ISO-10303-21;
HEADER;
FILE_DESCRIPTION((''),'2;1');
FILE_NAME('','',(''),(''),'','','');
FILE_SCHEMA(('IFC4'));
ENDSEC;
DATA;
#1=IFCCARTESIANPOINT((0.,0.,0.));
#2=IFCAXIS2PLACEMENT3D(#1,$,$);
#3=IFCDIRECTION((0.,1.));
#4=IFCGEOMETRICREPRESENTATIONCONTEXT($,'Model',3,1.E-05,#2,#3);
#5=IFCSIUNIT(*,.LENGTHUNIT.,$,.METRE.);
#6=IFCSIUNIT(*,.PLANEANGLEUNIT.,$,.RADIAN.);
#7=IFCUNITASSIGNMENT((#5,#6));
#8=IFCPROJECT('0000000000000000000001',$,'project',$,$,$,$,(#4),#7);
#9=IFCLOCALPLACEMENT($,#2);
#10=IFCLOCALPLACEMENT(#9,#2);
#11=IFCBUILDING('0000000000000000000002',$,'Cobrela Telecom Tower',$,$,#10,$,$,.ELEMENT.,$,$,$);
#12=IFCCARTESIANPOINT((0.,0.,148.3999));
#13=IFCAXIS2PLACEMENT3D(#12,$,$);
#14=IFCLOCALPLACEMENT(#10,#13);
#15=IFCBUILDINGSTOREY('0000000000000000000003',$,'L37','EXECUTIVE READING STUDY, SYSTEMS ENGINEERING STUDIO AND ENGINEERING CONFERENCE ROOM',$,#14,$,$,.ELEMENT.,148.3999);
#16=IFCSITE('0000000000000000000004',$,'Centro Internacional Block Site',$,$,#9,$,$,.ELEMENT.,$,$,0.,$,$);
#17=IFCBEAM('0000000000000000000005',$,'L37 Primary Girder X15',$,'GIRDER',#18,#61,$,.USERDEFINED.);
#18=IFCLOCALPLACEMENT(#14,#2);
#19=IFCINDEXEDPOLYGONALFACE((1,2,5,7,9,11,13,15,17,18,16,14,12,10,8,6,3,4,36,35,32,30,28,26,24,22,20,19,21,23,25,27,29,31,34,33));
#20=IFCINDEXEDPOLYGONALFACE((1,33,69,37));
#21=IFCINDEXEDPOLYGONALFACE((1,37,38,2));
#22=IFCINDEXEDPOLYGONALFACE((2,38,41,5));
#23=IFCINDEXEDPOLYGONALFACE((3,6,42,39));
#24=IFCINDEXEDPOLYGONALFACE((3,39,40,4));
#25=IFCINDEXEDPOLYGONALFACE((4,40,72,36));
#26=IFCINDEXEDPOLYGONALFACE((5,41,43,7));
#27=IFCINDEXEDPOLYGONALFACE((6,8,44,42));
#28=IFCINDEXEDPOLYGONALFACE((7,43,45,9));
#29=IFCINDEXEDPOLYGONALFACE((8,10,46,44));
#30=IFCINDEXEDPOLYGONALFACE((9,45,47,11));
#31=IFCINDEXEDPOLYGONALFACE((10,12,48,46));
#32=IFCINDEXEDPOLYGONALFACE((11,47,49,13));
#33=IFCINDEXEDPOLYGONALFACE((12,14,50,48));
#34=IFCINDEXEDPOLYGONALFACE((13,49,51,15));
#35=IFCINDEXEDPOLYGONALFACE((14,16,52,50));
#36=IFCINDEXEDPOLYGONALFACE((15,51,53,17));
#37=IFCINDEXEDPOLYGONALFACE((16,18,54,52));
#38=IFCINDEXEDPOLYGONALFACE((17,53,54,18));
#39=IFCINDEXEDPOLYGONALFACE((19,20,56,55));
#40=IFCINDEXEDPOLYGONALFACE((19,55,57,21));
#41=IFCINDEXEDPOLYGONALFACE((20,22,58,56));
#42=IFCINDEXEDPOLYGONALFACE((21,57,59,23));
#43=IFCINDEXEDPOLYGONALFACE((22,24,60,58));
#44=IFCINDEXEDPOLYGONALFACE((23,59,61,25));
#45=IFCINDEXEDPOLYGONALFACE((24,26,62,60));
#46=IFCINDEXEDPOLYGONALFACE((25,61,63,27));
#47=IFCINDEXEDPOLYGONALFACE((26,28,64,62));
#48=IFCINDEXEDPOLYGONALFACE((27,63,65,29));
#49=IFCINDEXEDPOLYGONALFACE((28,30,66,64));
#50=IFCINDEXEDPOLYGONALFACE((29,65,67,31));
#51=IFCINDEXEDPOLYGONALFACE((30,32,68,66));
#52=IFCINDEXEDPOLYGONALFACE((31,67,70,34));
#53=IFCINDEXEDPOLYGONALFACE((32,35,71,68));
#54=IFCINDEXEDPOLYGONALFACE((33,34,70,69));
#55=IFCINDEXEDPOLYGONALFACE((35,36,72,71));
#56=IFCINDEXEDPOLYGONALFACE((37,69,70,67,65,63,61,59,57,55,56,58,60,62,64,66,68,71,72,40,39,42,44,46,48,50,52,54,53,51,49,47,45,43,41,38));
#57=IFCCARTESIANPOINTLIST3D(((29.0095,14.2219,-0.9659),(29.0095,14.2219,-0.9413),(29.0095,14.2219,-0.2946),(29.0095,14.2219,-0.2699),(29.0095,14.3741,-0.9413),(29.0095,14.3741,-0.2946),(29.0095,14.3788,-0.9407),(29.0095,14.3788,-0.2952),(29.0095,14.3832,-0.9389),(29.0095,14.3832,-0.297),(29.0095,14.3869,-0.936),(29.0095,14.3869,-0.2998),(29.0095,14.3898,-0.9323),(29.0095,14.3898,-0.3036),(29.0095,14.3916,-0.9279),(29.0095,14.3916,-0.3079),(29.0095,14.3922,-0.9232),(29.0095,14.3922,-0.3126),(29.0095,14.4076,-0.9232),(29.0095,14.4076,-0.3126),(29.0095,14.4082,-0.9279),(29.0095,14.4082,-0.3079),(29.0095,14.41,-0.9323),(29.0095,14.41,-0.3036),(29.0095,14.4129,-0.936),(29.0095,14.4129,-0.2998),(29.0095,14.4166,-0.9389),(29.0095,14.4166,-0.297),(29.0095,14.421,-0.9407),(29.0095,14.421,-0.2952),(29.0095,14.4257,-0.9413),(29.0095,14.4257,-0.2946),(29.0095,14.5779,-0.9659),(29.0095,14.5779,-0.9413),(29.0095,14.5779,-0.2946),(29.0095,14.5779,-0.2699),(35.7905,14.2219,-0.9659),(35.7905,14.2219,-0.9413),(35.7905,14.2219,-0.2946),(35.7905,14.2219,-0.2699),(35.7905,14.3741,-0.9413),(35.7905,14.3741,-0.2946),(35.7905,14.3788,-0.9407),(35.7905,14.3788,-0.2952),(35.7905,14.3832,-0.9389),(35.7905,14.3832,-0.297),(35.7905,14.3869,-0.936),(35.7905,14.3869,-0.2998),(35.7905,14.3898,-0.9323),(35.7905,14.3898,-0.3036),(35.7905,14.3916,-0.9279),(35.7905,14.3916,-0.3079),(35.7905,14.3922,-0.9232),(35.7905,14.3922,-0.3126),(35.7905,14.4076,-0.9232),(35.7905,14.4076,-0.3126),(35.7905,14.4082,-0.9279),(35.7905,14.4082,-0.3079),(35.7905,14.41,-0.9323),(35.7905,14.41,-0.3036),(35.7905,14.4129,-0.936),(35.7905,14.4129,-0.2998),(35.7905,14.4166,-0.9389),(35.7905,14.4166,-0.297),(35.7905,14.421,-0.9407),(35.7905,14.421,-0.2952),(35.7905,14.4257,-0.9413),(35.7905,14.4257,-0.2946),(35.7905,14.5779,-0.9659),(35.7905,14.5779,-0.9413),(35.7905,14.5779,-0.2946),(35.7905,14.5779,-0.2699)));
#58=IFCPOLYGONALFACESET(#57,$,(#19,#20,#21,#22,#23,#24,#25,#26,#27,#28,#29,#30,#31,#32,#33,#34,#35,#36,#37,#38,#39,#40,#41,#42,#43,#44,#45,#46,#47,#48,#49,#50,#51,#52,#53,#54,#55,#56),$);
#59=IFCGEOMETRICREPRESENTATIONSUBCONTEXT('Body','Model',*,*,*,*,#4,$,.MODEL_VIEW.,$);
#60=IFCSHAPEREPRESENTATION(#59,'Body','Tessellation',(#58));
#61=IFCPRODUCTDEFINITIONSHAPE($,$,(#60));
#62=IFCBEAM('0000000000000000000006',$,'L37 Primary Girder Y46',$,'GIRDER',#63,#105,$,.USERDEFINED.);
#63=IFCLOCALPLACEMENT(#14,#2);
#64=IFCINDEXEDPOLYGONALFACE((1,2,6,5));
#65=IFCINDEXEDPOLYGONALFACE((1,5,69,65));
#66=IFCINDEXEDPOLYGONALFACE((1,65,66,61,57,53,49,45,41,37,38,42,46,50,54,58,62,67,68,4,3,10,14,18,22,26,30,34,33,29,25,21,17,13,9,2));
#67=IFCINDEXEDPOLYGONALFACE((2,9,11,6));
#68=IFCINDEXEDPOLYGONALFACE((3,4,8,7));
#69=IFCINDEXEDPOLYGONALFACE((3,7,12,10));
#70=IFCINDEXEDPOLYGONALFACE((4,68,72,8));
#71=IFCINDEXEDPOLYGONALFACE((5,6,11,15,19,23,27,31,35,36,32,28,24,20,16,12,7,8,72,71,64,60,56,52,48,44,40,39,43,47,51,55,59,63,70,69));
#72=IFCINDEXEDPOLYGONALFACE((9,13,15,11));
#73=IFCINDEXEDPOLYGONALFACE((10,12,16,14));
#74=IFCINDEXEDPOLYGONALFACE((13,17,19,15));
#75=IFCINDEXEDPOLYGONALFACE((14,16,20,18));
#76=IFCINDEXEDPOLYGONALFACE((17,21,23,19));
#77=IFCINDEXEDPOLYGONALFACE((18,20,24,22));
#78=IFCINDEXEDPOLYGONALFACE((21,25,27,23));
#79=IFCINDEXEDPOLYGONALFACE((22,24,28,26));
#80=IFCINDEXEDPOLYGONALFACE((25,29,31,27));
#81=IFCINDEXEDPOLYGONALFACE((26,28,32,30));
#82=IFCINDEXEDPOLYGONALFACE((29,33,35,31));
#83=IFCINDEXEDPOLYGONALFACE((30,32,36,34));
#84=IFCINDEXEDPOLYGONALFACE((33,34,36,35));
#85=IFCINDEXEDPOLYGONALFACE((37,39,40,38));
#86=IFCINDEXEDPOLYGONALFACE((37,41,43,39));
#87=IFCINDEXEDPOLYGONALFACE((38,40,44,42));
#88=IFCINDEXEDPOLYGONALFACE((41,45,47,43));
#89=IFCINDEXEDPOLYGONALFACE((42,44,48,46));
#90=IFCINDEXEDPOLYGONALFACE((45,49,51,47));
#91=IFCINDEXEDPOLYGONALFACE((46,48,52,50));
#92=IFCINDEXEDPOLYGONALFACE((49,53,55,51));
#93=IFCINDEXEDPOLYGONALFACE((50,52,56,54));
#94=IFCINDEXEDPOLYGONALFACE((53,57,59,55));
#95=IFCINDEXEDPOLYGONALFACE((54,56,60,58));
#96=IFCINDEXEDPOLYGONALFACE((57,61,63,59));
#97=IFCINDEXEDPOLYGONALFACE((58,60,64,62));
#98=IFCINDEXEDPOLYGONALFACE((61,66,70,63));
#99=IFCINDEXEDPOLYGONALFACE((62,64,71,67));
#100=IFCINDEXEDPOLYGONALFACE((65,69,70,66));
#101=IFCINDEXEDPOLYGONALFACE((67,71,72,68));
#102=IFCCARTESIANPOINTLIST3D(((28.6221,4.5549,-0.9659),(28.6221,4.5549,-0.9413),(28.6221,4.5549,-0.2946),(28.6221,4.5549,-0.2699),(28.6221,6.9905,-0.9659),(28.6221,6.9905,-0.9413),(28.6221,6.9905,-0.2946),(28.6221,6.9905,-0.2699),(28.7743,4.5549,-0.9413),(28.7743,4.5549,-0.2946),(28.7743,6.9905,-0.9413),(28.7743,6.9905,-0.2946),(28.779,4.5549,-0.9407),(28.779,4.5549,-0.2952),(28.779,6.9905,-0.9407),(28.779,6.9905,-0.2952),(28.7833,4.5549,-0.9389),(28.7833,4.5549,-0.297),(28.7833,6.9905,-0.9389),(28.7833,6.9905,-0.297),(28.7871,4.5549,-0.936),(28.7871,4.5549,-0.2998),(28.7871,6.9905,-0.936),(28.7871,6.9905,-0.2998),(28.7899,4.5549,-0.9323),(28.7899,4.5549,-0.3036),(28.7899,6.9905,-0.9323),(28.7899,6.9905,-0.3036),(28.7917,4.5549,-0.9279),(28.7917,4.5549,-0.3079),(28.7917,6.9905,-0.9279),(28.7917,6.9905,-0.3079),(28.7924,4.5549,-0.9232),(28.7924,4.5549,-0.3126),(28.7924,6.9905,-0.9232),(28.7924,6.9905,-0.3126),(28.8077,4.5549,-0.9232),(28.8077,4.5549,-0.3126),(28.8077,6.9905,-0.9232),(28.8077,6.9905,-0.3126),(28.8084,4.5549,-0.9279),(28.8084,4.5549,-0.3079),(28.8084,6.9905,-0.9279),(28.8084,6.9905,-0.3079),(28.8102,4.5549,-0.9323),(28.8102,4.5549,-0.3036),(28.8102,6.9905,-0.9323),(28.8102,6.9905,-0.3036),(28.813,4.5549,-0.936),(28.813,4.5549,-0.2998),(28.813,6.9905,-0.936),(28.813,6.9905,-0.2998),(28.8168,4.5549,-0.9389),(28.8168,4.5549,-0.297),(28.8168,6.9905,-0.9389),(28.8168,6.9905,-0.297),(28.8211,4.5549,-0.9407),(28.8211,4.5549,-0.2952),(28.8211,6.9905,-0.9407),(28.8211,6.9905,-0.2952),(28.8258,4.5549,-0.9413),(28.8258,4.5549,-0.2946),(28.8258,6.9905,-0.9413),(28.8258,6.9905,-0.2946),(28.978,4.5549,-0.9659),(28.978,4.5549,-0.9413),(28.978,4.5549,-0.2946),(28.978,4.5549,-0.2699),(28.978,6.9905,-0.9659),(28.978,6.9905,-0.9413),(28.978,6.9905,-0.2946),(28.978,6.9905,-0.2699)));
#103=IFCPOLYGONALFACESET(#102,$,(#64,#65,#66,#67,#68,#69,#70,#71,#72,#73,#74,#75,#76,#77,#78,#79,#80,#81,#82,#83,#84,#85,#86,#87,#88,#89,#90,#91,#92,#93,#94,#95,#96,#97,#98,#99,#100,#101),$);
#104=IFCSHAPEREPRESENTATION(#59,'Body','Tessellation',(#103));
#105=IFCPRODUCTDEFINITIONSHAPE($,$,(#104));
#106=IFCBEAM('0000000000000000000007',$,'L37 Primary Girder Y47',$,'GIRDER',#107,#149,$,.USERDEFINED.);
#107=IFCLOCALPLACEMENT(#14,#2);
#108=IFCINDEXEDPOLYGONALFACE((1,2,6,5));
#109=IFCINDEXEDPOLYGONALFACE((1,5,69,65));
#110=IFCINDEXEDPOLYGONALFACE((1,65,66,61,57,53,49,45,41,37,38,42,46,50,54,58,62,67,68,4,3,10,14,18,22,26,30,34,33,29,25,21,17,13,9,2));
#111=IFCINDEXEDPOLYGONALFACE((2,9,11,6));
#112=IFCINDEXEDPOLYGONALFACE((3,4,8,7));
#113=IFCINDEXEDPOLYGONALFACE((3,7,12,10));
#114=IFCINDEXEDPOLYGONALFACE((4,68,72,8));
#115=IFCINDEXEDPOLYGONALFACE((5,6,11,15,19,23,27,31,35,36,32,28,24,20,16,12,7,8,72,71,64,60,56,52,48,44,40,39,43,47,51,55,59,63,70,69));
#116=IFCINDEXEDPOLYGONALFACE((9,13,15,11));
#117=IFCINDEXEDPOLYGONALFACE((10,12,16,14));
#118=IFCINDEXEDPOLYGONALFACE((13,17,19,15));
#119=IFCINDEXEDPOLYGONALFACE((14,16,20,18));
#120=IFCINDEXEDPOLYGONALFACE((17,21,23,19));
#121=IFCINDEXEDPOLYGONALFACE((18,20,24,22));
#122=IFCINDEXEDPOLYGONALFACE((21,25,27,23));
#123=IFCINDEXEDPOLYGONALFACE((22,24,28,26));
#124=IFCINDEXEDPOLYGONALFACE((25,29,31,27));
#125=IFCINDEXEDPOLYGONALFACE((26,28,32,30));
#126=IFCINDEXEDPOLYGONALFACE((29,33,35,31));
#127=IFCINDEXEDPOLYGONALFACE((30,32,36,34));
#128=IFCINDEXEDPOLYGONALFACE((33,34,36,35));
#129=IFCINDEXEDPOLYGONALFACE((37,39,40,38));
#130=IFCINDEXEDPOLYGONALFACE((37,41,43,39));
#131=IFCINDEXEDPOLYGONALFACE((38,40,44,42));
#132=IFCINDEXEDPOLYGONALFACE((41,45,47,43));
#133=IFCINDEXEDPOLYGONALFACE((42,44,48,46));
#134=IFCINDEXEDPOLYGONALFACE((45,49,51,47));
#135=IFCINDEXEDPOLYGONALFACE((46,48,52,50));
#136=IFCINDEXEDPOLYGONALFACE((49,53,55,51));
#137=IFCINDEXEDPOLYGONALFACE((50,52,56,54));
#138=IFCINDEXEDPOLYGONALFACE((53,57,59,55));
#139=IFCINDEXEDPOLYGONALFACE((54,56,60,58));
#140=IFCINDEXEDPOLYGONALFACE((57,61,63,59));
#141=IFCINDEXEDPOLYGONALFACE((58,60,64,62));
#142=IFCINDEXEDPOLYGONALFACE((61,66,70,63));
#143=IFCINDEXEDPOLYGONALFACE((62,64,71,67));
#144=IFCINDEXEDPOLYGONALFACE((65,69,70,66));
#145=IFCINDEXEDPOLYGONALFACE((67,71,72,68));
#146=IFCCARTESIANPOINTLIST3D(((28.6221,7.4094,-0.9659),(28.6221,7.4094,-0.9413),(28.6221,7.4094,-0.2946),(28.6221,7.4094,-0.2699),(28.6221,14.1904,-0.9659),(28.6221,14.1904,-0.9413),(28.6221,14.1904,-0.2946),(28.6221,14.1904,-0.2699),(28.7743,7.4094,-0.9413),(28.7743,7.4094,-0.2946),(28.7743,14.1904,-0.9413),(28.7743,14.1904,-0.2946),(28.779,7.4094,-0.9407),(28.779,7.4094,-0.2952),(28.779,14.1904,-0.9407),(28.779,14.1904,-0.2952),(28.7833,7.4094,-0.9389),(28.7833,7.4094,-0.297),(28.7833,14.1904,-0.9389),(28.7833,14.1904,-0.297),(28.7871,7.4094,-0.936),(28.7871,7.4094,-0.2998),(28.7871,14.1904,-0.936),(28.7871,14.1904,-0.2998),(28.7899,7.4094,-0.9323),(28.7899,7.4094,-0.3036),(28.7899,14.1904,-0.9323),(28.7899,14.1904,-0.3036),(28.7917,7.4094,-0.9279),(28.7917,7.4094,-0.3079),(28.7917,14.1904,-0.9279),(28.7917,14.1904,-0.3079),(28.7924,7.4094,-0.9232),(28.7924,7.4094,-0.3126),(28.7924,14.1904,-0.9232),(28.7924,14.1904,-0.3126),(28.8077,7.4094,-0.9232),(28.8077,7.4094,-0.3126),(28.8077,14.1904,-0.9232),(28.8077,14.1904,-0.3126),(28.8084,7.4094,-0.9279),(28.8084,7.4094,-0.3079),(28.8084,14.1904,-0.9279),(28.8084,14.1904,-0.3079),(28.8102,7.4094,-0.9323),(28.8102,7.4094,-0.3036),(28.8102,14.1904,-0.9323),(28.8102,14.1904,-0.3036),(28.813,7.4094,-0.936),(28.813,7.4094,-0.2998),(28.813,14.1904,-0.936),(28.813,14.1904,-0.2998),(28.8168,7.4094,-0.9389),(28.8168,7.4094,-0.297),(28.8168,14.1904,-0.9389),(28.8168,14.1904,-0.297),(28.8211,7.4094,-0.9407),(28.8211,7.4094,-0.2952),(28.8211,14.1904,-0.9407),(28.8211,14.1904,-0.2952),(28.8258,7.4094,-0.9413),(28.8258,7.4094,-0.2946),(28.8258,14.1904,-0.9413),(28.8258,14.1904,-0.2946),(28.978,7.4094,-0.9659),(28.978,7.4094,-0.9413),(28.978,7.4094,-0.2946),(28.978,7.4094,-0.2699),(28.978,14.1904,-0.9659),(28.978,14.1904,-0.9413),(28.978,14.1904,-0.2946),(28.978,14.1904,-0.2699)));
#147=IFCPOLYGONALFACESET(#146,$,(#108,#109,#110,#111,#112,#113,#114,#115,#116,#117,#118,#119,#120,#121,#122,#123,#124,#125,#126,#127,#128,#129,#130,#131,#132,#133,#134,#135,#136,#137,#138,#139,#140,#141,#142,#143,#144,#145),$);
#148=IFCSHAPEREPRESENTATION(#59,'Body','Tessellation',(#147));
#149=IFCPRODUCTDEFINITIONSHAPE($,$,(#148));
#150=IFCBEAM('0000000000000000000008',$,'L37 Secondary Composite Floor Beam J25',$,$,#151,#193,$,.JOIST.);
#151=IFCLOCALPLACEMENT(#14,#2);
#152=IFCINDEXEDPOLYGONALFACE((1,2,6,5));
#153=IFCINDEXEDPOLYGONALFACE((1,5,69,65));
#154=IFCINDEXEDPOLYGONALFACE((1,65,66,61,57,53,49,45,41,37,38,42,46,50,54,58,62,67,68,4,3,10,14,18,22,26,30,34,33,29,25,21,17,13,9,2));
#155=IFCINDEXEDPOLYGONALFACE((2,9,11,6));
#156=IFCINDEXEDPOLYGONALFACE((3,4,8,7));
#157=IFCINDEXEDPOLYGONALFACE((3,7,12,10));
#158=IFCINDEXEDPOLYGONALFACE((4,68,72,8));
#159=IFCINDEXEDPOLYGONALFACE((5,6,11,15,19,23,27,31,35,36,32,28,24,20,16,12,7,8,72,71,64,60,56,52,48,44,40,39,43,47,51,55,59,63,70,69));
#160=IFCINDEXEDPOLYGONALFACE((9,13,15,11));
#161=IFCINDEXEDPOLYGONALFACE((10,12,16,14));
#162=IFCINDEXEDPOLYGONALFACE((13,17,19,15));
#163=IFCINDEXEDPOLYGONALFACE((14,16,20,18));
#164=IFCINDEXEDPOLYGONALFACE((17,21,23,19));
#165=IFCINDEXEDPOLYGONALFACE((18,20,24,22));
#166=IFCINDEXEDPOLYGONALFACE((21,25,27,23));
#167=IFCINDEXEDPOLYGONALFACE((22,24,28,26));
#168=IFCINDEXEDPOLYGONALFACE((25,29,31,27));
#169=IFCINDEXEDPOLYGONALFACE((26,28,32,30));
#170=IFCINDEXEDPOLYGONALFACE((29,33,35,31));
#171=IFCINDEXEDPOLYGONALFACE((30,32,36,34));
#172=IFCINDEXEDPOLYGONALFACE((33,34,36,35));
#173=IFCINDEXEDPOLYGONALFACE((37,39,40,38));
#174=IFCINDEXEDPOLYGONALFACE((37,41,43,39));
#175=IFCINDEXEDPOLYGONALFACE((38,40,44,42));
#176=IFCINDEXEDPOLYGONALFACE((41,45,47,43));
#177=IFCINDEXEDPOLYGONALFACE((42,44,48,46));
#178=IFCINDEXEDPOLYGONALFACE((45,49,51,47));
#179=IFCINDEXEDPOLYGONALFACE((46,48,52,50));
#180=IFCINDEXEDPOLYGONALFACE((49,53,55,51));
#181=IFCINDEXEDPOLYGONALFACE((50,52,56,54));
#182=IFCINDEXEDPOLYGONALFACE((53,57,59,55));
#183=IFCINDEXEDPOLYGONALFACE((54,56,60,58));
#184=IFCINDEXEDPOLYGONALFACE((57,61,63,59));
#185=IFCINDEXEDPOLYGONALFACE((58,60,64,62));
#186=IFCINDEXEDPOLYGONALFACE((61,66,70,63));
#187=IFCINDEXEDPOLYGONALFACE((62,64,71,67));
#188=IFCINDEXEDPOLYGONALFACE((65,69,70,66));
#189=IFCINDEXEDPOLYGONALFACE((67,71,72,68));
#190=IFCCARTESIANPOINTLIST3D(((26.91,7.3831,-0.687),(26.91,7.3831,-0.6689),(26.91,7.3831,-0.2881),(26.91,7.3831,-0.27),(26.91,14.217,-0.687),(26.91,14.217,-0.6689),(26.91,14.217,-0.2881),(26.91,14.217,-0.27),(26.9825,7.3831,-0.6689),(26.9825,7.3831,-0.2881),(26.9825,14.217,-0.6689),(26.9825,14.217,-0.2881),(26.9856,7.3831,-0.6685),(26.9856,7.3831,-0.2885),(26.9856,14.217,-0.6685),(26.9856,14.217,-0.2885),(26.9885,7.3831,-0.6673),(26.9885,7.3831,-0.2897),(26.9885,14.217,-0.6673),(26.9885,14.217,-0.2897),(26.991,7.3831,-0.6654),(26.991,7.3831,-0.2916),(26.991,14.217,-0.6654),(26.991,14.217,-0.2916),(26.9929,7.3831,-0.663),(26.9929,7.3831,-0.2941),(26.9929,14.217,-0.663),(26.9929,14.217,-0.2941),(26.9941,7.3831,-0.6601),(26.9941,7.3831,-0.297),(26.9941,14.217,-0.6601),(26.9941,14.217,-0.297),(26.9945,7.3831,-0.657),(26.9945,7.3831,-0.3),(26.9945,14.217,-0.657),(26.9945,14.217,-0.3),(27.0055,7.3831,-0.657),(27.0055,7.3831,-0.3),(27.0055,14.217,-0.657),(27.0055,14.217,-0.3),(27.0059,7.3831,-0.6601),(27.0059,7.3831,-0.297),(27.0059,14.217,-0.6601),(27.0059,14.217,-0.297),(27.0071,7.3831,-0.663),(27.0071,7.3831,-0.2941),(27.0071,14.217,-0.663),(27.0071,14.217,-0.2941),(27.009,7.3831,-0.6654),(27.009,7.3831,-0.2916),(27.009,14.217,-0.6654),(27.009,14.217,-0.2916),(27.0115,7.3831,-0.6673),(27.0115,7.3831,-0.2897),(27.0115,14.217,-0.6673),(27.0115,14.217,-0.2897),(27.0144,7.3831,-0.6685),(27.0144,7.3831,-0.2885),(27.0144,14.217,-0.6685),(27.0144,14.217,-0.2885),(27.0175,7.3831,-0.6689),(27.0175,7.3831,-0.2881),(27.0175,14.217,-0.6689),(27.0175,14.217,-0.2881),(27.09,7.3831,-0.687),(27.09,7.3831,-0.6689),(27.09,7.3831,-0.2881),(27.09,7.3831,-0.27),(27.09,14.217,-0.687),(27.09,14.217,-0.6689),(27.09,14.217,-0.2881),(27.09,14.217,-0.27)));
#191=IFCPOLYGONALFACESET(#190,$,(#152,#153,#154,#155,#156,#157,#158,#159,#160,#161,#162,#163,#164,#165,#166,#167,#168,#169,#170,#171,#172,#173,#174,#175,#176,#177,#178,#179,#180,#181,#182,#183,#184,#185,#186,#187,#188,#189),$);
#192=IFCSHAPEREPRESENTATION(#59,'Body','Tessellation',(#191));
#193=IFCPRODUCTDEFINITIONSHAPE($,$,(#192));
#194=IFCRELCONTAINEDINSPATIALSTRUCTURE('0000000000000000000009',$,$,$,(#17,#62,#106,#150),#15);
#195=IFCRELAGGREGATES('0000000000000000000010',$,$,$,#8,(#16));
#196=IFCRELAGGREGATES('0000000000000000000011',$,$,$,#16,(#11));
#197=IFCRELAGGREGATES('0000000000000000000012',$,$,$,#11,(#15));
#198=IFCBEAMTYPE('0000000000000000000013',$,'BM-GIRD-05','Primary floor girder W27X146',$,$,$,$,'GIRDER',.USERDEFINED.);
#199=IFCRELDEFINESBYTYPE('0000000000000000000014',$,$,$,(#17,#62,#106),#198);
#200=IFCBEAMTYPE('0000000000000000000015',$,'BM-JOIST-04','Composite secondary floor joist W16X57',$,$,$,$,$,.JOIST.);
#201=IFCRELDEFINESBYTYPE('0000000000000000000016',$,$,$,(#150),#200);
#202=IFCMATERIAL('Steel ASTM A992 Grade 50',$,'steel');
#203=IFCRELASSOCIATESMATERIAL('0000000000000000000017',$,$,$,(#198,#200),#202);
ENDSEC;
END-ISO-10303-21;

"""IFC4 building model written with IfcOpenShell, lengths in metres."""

from ifc_helpers import new_model, si_unit, direction, frame, origin, origin_2d, place, context, subcontext, project, spatial, i_section, extrude, material, material_profile, profile_set, type_object, element, save


model = new_model("IFC4")

# Units and contexts
model_context = context("Model", 3, precision=1e-05, world=origin(), true_north=direction((0.0, 1.0)))
body_context = subcontext(model_context, "Body", "Model", "MODEL_VIEW")
ifc_project = project(units=[si_unit("LENGTHUNIT", "METRE"), si_unit("PLANEANGLEUNIT", "RADIAN")], contexts=[model_context])

# Site, building, storey
site_placement = place(None, origin())
site = spatial("IfcSite", under=ifc_project, at=site_placement, Name="Centro Internacional Block Site", CompositionType="ELEMENT", RefElevation=0.0)
building_placement = place(site_placement, origin())
building = spatial("IfcBuilding", under=site, at=building_placement, Name="Cobrela Telecom Tower", CompositionType="ELEMENT")
storey_placement = place(building_placement, frame((0.0, 0.0, 148.3999)))
storey = spatial("IfcBuildingStorey", under=building, at=storey_placement, Name="L37", Description="EXECUTIVE READING STUDY, SYSTEMS ENGINEERING STUDIO AND ENGINEERING CONFERENCE ROOM", CompositionType="ELEMENT", Elevation=148.3999)

# Shared definitions
ifc_material_1 = material(Name="Steel ASTM A992 Grade 50", Category="steel")

# Beams
ifc_material_profile_1 = material_profile(ifc_material_1, i_section(OverallWidth=0.356, OverallDepth=0.696, WebThickness=0.0154, FlangeThickness=0.0247, FilletRadius=0.0181, at=origin_2d()), Name="W27X146")
ifc_profile_set_1 = profile_set([ifc_material_profile_1], Name="Steel ASTM A992 Grade 50")
beam_type_1 = type_object("IfcBeamType", Name="BM-GIRD-05", Description="Primary floor girder W27X146", ElementType="GIRDER", PredefinedType="USERDEFINED", material=ifc_profile_set_1)
for number, where, z_axis, x_axis, name in (
    (1, (29.0095, 14.3999, -0.6179), (1.0, 0.0, 0.0), (0.0, 1.0, 0.0), "L37 Primary Girder X15"),
):
    element("IfcBeam", number, at=place(storey_placement, frame(where, z_axis=z_axis, x_axis=x_axis)), inside=storey, type_object=beam_type_1, Name=name, ObjectType="GIRDER", PredefinedType="USERDEFINED", context=body_context, shape_type="SweptSolid", body=[
        extrude(i_section(OverallWidth=0.356, OverallDepth=0.696, WebThickness=0.0154, FlangeThickness=0.0247, FilletRadius=0.0181, at=origin_2d()), origin(), (0.0, 0.0, 1.0), 6.781),
    ])
beam_1_placement = place(storey_placement, frame((28.8, 4.5549, -0.6179), z_axis=(0.0, 1.0, 0.0), x_axis=(-1.0, 0.0, 0.0)))
element("IfcBeam", 2, at=beam_1_placement, inside=storey, type_object=beam_type_1, Name="L37 Primary Girder Y46", ObjectType="GIRDER", PredefinedType="USERDEFINED", context=body_context, shape_type="SweptSolid", body=[
    extrude(i_section(OverallWidth=0.356, OverallDepth=0.696, WebThickness=0.0154, FlangeThickness=0.0247, FilletRadius=0.0181, at=origin_2d()), origin(), (0.0, 0.0, 1.0), 2.4355),
])
beam_2_placement = place(storey_placement, frame((28.8, 7.4094, -0.6179), z_axis=(0.0, 1.0, 0.0), x_axis=(-1.0, 0.0, 0.0)))
element("IfcBeam", 3, at=beam_2_placement, inside=storey, type_object=beam_type_1, Name="L37 Primary Girder Y47", ObjectType="GIRDER", PredefinedType="USERDEFINED", context=body_context, shape_type="SweptSolid", body=[
    extrude(i_section(OverallWidth=0.356, OverallDepth=0.696, WebThickness=0.0154, FlangeThickness=0.0247, FilletRadius=0.0181, at=origin_2d()), origin(), (0.0, 0.0, 1.0), 6.781),
])
ifc_material_profile_2 = material_profile(ifc_material_1, i_section(OverallWidth=0.1799, OverallDepth=0.417, WebThickness=0.011, FlangeThickness=0.0181, FilletRadius=0.012, at=origin_2d()), Name="W16X57")
ifc_profile_set_2 = profile_set([ifc_material_profile_2], Name="Steel ASTM A992 Grade 50")
beam_type_2 = type_object("IfcBeamType", Name="BM-JOIST-04", Description="Composite secondary floor joist W16X57", PredefinedType="JOIST", material=ifc_profile_set_2)
for number, where, z_axis, x_axis, name in (
    (4, (27.0, 7.3831, -0.4785), (0.0, 1.0, 0.0), (-1.0, 0.0, 0.0), "L37 Secondary Composite Floor Beam J25"),
):
    element("IfcBeam", number, at=place(storey_placement, frame(where, z_axis=z_axis, x_axis=x_axis)), inside=storey, type_object=beam_type_2, Name=name, PredefinedType="JOIST", context=body_context, shape_type="SweptSolid", body=[
        extrude(i_section(OverallWidth=0.1799, OverallDepth=0.417, WebThickness=0.011, FlangeThickness=0.0181, FilletRadius=0.012, at=origin_2d()), origin(), (0.0, 0.0, 1.0), 6.834),
    ])

save(model, "model.ifc")
